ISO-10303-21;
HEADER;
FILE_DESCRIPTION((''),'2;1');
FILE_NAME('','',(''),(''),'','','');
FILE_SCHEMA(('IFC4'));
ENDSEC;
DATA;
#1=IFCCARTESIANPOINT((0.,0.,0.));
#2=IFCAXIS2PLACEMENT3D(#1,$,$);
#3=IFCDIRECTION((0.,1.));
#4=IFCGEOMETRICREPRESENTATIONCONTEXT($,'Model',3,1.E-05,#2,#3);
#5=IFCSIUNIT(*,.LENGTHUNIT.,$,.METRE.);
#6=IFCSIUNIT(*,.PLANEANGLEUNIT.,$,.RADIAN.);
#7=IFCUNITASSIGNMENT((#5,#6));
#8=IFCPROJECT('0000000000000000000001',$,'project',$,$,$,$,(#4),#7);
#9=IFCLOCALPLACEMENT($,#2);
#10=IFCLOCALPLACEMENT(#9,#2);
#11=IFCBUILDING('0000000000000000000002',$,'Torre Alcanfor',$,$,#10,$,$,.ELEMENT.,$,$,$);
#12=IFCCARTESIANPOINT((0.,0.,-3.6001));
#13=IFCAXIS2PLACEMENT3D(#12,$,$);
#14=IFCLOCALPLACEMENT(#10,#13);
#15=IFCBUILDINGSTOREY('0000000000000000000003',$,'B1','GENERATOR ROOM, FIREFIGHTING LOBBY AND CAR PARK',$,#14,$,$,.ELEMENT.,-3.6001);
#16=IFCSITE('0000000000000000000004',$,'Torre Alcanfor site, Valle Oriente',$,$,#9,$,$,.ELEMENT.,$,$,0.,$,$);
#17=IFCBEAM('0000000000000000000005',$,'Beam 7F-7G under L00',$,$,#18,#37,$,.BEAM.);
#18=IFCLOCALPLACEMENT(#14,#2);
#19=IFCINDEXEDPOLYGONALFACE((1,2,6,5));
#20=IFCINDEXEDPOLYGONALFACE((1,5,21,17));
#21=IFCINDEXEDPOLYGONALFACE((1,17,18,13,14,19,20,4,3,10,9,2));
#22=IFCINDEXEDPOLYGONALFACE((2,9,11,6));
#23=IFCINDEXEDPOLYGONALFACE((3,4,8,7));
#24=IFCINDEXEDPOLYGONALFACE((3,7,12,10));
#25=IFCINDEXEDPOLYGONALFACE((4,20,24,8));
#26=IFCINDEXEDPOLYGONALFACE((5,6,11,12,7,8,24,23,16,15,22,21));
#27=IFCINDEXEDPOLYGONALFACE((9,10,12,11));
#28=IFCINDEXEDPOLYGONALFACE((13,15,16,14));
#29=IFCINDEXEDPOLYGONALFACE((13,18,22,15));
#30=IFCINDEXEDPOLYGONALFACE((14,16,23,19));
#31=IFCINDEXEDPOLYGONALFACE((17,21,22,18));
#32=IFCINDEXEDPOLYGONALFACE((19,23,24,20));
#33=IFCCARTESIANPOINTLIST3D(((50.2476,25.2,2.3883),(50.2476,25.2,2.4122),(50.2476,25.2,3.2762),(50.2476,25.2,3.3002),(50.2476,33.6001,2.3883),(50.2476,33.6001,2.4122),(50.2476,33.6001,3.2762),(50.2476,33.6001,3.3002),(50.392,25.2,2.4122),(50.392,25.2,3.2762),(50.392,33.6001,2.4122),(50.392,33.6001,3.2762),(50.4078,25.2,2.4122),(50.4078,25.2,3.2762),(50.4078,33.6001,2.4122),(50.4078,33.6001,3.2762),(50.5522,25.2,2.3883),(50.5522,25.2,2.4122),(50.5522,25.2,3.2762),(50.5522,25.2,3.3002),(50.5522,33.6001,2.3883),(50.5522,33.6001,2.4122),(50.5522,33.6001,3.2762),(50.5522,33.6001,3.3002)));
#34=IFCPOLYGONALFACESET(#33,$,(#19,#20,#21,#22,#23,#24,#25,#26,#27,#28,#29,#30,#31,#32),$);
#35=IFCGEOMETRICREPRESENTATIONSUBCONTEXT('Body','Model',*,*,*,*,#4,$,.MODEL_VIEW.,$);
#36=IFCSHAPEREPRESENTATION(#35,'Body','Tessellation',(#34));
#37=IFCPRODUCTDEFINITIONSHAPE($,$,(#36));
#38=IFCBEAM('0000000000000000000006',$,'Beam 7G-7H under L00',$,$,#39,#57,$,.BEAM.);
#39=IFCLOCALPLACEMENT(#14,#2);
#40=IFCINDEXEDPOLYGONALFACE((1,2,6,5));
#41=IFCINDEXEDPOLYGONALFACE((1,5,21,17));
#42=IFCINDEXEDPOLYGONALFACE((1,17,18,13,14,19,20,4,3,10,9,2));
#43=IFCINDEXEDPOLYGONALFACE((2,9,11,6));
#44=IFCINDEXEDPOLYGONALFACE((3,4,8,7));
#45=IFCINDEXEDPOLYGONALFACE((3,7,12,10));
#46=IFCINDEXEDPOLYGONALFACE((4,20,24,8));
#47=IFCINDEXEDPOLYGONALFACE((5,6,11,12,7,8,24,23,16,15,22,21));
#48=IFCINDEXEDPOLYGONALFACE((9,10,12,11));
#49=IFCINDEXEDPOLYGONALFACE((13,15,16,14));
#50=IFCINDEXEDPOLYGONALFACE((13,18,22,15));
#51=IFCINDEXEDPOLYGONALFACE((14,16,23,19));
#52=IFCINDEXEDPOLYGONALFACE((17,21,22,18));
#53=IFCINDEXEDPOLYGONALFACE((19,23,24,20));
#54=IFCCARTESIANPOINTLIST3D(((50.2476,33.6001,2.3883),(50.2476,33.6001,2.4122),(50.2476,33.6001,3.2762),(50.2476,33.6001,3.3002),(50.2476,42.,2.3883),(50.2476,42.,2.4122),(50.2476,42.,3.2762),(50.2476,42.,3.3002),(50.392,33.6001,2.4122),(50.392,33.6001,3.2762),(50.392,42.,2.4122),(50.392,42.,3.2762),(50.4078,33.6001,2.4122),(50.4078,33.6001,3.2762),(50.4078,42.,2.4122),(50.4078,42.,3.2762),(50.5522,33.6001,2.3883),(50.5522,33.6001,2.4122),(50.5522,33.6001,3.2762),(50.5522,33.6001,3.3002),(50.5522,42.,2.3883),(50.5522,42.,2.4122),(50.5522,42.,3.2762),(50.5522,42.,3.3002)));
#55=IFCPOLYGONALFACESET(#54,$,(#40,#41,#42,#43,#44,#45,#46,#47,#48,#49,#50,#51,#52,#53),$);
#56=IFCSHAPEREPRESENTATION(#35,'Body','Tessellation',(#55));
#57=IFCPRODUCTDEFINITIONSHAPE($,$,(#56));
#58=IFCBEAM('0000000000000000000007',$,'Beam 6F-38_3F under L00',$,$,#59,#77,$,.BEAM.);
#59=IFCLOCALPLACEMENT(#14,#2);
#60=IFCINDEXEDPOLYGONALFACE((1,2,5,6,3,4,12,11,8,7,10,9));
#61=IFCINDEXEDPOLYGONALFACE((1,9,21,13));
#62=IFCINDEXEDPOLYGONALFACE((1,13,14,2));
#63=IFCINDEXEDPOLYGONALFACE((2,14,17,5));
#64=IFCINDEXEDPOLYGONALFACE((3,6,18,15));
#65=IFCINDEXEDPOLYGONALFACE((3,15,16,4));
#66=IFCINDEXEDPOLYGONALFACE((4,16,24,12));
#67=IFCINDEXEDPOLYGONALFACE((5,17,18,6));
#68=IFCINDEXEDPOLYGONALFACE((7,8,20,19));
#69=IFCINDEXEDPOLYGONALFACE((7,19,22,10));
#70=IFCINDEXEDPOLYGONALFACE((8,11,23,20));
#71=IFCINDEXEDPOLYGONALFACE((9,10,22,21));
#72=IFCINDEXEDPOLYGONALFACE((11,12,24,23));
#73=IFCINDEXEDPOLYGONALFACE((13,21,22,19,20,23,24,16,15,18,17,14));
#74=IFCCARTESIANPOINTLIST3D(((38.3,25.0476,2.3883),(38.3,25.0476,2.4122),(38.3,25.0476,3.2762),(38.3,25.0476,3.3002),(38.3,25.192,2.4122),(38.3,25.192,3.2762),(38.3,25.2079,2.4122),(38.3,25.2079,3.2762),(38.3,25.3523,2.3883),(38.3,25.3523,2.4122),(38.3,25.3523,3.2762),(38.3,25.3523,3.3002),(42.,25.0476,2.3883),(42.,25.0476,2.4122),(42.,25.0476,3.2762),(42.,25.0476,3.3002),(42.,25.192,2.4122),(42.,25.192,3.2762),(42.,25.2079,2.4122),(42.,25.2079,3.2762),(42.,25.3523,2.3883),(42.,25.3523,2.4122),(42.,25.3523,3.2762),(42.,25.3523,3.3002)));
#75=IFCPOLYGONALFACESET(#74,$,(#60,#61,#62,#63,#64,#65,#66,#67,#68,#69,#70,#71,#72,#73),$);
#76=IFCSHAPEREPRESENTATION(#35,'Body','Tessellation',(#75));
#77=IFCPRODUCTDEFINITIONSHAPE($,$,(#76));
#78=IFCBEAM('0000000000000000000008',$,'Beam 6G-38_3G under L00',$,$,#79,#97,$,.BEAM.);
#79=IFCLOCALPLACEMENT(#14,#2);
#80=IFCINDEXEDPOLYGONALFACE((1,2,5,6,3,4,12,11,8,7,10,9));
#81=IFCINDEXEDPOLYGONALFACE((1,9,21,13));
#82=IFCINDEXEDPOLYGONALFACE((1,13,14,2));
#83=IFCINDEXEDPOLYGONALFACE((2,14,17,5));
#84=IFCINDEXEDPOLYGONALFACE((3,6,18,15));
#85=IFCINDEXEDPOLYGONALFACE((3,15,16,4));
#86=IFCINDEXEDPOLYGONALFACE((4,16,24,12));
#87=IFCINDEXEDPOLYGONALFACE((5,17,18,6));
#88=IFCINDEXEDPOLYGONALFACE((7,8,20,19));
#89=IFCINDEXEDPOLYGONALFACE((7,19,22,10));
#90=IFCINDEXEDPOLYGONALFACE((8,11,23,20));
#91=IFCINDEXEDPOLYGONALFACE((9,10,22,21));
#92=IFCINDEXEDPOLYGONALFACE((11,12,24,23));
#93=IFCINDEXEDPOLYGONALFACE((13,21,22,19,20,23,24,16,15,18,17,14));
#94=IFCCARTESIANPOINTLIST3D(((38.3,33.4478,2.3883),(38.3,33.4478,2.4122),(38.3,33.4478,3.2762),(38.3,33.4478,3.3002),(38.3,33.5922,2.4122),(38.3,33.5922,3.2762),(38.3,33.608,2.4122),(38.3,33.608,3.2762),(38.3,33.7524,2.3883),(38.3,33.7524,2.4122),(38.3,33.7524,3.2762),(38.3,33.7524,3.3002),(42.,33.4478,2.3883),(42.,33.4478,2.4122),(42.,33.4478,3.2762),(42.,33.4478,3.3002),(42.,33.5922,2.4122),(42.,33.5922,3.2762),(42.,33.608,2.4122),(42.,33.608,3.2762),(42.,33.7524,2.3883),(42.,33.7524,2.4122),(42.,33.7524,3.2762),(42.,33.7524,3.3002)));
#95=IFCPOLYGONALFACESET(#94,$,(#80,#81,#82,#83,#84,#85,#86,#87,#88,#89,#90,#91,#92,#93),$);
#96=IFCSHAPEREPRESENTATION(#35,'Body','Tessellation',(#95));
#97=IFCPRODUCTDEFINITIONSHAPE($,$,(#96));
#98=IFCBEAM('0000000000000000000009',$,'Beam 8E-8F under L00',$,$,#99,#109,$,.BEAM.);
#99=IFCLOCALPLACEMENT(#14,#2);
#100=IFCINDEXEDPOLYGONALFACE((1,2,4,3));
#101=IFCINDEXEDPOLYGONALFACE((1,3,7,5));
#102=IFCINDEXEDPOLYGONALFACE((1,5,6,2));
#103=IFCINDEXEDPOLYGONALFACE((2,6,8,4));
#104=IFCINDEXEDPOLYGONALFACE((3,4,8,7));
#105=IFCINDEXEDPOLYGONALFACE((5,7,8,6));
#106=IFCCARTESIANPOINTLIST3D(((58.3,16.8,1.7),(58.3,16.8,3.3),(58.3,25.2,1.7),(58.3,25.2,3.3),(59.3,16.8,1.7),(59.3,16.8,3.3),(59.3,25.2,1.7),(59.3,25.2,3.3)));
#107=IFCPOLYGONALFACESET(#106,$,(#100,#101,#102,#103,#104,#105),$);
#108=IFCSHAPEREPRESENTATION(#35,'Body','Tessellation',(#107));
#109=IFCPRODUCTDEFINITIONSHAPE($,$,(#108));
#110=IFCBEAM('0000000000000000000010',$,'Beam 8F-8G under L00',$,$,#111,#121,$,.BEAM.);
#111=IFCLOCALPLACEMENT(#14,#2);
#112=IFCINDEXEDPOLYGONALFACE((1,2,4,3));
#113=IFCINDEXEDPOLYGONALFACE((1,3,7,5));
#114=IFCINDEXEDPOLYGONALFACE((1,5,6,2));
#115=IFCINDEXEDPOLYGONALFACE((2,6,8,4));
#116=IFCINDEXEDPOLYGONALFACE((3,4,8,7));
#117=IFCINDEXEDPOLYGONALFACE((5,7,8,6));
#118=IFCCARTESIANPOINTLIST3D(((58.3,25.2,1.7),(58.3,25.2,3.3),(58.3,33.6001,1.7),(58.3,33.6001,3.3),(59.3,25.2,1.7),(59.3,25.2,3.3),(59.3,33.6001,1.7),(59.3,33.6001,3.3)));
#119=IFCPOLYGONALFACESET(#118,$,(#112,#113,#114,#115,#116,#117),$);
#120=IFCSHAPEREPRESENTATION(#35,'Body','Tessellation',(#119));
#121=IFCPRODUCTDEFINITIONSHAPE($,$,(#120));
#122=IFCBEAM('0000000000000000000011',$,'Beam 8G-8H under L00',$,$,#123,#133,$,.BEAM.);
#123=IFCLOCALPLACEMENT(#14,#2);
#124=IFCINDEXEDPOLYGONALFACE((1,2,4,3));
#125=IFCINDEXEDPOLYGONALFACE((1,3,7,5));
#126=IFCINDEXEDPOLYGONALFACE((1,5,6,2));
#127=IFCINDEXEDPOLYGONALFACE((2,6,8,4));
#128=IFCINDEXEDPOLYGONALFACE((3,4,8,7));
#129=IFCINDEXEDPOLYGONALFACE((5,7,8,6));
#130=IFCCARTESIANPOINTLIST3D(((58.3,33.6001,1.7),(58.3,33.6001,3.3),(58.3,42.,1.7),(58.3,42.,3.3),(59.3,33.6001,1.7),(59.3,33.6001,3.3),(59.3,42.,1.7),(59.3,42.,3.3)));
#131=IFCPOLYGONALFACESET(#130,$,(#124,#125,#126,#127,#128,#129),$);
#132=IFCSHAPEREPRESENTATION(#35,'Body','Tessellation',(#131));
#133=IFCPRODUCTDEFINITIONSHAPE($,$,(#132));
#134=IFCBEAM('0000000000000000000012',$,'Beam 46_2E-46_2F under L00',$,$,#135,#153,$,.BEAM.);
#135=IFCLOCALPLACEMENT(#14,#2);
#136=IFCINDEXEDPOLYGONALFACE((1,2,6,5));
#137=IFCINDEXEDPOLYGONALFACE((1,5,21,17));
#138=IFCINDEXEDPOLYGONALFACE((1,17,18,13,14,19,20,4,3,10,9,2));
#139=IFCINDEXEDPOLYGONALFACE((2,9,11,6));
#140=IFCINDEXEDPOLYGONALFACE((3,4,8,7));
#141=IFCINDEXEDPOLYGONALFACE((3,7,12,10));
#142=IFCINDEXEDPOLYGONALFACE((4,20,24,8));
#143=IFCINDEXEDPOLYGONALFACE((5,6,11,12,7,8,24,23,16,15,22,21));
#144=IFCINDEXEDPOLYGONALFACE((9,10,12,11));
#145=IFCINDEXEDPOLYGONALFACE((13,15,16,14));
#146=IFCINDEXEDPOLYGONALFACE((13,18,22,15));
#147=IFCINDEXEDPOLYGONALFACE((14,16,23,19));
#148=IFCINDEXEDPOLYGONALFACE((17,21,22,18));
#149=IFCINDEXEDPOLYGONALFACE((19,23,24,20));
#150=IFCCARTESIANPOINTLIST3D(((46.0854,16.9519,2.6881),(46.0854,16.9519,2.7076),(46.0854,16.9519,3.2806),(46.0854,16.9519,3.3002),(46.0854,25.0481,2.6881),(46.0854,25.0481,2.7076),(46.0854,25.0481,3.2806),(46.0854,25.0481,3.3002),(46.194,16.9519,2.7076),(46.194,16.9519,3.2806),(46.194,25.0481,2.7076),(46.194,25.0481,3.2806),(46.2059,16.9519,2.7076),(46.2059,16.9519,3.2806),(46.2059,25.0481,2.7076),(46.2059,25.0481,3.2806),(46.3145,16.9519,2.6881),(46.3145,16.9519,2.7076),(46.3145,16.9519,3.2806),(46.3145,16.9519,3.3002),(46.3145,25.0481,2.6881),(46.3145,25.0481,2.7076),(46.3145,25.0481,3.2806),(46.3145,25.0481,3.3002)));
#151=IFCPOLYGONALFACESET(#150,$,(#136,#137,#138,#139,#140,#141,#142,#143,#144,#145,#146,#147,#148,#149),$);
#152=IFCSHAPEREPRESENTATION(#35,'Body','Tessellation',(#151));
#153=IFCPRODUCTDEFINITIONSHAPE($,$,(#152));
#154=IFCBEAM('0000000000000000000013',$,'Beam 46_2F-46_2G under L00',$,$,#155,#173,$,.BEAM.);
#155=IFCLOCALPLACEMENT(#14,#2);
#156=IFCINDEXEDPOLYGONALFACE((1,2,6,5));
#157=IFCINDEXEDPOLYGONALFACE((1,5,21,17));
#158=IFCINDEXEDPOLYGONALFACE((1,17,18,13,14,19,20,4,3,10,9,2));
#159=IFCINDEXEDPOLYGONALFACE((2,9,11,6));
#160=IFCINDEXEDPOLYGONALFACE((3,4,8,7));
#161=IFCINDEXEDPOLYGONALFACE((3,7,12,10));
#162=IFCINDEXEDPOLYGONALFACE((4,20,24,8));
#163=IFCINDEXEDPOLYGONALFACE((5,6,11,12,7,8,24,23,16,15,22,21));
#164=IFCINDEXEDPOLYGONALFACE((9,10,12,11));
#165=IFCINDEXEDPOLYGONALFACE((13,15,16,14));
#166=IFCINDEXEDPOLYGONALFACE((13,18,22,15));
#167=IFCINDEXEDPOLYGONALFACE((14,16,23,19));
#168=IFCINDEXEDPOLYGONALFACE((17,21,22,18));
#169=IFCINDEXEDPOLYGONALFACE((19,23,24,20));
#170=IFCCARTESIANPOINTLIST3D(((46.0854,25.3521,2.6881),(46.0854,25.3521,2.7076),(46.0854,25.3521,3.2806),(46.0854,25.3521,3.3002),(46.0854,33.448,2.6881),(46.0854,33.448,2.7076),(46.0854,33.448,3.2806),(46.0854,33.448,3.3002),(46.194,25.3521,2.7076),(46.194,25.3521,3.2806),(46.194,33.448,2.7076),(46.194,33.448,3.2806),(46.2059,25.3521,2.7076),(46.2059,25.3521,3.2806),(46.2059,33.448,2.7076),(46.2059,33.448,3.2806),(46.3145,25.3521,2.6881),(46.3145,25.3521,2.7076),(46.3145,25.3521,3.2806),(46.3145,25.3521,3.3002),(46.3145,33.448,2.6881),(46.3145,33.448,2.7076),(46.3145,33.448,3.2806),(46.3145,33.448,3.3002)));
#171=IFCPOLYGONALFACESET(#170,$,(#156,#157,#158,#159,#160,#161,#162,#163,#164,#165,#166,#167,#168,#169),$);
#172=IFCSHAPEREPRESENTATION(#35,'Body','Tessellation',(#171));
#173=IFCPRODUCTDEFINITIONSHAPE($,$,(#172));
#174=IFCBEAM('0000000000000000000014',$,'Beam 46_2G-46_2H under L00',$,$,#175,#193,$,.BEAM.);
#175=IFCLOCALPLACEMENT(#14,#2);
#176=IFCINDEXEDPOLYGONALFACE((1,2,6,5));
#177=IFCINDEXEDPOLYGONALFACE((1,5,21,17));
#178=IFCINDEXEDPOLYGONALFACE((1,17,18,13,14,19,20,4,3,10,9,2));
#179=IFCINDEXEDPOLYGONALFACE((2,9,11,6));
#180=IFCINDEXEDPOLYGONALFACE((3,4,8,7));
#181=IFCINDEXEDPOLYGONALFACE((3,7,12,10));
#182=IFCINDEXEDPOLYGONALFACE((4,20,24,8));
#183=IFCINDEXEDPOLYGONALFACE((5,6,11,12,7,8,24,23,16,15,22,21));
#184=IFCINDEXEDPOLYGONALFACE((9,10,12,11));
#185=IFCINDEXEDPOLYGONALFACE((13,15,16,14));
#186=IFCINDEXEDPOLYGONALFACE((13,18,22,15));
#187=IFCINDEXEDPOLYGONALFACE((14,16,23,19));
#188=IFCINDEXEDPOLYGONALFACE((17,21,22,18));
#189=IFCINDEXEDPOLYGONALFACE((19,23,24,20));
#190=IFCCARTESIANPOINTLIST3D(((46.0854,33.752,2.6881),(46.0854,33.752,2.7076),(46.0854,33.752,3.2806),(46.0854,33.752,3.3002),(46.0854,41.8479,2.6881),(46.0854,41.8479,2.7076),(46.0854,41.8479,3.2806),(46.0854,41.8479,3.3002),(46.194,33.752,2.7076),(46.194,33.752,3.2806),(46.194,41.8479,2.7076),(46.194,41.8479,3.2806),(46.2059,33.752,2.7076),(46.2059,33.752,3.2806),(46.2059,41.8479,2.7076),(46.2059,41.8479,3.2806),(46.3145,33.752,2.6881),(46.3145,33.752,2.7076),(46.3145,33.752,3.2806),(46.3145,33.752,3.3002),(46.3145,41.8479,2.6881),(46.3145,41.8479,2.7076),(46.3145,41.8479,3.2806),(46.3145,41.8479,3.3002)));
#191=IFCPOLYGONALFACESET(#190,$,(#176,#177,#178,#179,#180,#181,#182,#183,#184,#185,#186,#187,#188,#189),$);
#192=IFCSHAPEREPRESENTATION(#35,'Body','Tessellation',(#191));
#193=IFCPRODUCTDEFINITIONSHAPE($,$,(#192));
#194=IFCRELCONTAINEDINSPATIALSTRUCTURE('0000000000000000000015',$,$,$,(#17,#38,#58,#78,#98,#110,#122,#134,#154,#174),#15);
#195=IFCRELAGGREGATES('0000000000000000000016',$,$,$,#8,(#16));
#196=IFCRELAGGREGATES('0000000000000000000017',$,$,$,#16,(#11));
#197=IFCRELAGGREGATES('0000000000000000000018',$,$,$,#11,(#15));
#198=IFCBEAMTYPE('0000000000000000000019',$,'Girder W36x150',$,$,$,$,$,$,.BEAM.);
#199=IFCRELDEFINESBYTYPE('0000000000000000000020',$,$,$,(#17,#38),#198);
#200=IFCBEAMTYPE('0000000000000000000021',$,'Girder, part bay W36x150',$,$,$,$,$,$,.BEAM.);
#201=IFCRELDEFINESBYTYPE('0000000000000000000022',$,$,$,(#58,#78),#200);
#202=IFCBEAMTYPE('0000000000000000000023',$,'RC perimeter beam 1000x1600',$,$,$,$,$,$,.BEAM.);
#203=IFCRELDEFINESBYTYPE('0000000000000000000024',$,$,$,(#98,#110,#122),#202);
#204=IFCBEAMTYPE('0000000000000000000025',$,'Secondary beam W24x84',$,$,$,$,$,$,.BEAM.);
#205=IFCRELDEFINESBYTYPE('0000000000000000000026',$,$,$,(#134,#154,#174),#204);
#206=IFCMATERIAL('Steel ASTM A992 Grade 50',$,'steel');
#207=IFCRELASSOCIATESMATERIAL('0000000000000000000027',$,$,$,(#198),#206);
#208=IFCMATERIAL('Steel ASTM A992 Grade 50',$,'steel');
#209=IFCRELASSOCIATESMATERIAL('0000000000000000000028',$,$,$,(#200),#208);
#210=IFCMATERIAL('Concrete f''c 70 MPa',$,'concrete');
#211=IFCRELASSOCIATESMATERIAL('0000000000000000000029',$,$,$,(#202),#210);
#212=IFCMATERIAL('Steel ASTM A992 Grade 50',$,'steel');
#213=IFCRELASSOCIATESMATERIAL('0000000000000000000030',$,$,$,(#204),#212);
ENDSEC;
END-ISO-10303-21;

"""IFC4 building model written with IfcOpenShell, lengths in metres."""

from ifc_helpers import new_model, si_unit, direction, frame, origin, origin_2d, place, context, subcontext, project, spatial, rectangle, i_section, extrude, material, material_profile, profile_set, type_object, element, save


model = new_model("IFC4")

# Units and contexts
model_context = context("Model", 3, precision=1e-05, world=origin(), true_north=direction((0.0, 1.0)))
body_context = subcontext(model_context, "Body", "Model", "MODEL_VIEW")
ifc_project = project(units=[si_unit("LENGTHUNIT", "METRE"), si_unit("PLANEANGLEUNIT", "RADIAN")], contexts=[model_context])

# Site, building, storey
site_placement = place(None, origin())
site = spatial("IfcSite", under=ifc_project, at=site_placement, Name="Torre Alcanfor site, Valle Oriente", CompositionType="ELEMENT", RefElevation=0.0)
building_placement = place(site_placement, origin())
building = spatial("IfcBuilding", under=site, at=building_placement, Name="Torre Alcanfor", CompositionType="ELEMENT")
storey_placement = place(building_placement, frame((0.0, 0.0, -3.6001)))
storey = spatial("IfcBuildingStorey", under=building, at=storey_placement, Name="B1", Description="GENERATOR ROOM, FIREFIGHTING LOBBY AND CAR PARK", CompositionType="ELEMENT", Elevation=-3.6001)

# Beams
ifc_material_1 = material(Name="Steel ASTM A992 Grade 50", Category="steel")
ifc_material_profile_1 = material_profile(ifc_material_1, i_section(OverallWidth=0.3047, OverallDepth=0.9119, WebThickness=0.0159, FlangeThickness=0.0239, at=origin_2d()), Name="W36x150")
ifc_profile_set_1 = profile_set([ifc_material_profile_1], Name="Steel ASTM A992 Grade 50")
beam_type_1 = type_object("IfcBeamType", Name="Girder W36x150", PredefinedType="BEAM", material=ifc_profile_set_1)
beam_1_placement = place(storey_placement, frame((50.3999, 25.2, 2.8442), z_axis=(0.0, 1.0, 0.0), x_axis=(-1.0, 0.0, 0.0)))
element("IfcBeam", 1, at=beam_1_placement, inside=storey, type_object=beam_type_1, Name="Beam 7F-7G under L00", PredefinedType="BEAM", context=body_context, shape_type="SweptSolid", body=[
    extrude(i_section(OverallWidth=0.3047, OverallDepth=0.9119, WebThickness=0.0159, FlangeThickness=0.0239, at=origin_2d()), origin(), (0.0, 0.0, 1.0), 8.4001),
])
beam_2_placement = place(storey_placement, frame((50.3999, 33.6001, 2.8442), z_axis=(0.0, 1.0, 0.0), x_axis=(-1.0, 0.0, 0.0)))
element("IfcBeam", 2, at=beam_2_placement, inside=storey, type_object=beam_type_1, Name="Beam 7G-7H under L00", PredefinedType="BEAM", context=body_context, shape_type="SweptSolid", body=[
    extrude(i_section(OverallWidth=0.3047, OverallDepth=0.9119, WebThickness=0.0159, FlangeThickness=0.0239, at=origin_2d()), origin(), (0.0, 0.0, 1.0), 8.3999),
])
ifc_material_2 = material(Name="Steel ASTM A992 Grade 50", Category="steel")
ifc_material_profile_2 = material_profile(ifc_material_2, i_section(OverallWidth=0.3047, OverallDepth=0.9119, WebThickness=0.0159, FlangeThickness=0.0239, at=origin_2d()), Name="W36x150")
ifc_profile_set_2 = profile_set([ifc_material_profile_2], Name="Steel ASTM A992 Grade 50")
beam_type_2 = type_object("IfcBeamType", Name="Girder, part bay W36x150", PredefinedType="BEAM", material=ifc_profile_set_2)
for number, where, z_axis, x_axis, name in (
    (3, (42.0, 25.2, 2.8442), (-1.0, 0.0, 0.0), (0.0, -1.0, 0.0), "Beam 6F-38_3F under L00"),
    (4, (42.0, 33.6001, 2.8442), (-1.0, 0.0, 0.0), (0.0, -1.0, 0.0), "Beam 6G-38_3G under L00"),
):
    element("IfcBeam", number, at=place(storey_placement, frame(where, z_axis=z_axis, x_axis=x_axis)), inside=storey, type_object=beam_type_2, Name=name, PredefinedType="BEAM", context=body_context, shape_type="SweptSolid", body=[
        extrude(i_section(OverallWidth=0.3047, OverallDepth=0.9119, WebThickness=0.0159, FlangeThickness=0.0239, at=origin_2d()), origin(), (0.0, 0.0, 1.0), 3.7),
    ])
ifc_material_3 = material(Name="Concrete f'c 70 MPa", Category="concrete")
ifc_material_profile_3 = material_profile(ifc_material_3, rectangle(XDim=1.0, YDim=1.6001, at=origin_2d()), Name="1000x1600")
ifc_profile_set_3 = profile_set([ifc_material_profile_3], Name="Concrete f'c 70 MPa")
beam_type_3 = type_object("IfcBeamType", Name="RC perimeter beam 1000x1600", PredefinedType="BEAM", material=ifc_profile_set_3)
beam_3_placement = place(storey_placement, frame((58.8, 16.8, 2.5), z_axis=(0.0, 1.0, 0.0), x_axis=(-1.0, 0.0, 0.0)))
element("IfcBeam", 5, at=beam_3_placement, inside=storey, type_object=beam_type_3, Name="Beam 8E-8F under L00", PredefinedType="BEAM", context=body_context, shape_type="SweptSolid", body=[
    extrude(rectangle(XDim=1.0, YDim=1.6001, at=origin_2d()), origin(), (0.0, 0.0, 1.0), 8.3999),
])
beam_4_placement = place(storey_placement, frame((58.8, 25.2, 2.5), z_axis=(0.0, 1.0, 0.0), x_axis=(-1.0, 0.0, 0.0)))
element("IfcBeam", 6, at=beam_4_placement, inside=storey, type_object=beam_type_3, Name="Beam 8F-8G under L00", PredefinedType="BEAM", context=body_context, shape_type="SweptSolid", body=[
    extrude(rectangle(XDim=1.0, YDim=1.6001, at=origin_2d()), origin(), (0.0, 0.0, 1.0), 8.4001),
])
beam_5_placement = place(storey_placement, frame((58.8, 33.6001, 2.5), z_axis=(0.0, 1.0, 0.0), x_axis=(-1.0, 0.0, 0.0)))
element("IfcBeam", 7, at=beam_5_placement, inside=storey, type_object=beam_type_3, Name="Beam 8G-8H under L00", PredefinedType="BEAM", context=body_context, shape_type="SweptSolid", body=[
    extrude(rectangle(XDim=1.0, YDim=1.6001, at=origin_2d()), origin(), (0.0, 0.0, 1.0), 8.3999),
])
ifc_material_4 = material(Name="Steel ASTM A992 Grade 50", Category="steel")
ifc_material_profile_4 = material_profile(ifc_material_4, i_section(OverallWidth=0.229, OverallDepth=0.6121, WebThickness=0.012, FlangeThickness=0.0195, at=origin_2d()), Name="W24x84")
ifc_profile_set_4 = profile_set([ifc_material_profile_4], Name="Steel ASTM A992 Grade 50")
beam_type_4 = type_object("IfcBeamType", Name="Secondary beam W24x84", PredefinedType="BEAM", material=ifc_profile_set_4)
beam_6_placement = place(storey_placement, frame((46.2, 16.9519, 2.9941), z_axis=(0.0, 1.0, 0.0), x_axis=(-1.0, 0.0, 0.0)))
element("IfcBeam", 8, at=beam_6_placement, inside=storey, type_object=beam_type_4, Name="Beam 46_2E-46_2F under L00", PredefinedType="BEAM", context=body_context, shape_type="SweptSolid", body=[
    extrude(i_section(OverallWidth=0.229, OverallDepth=0.6121, WebThickness=0.012, FlangeThickness=0.0195, at=origin_2d()), origin(), (0.0, 0.0, 1.0), 8.0962),
])
for number, where, z_axis, x_axis, name in (
    (9, (46.2, 25.3521, 2.9941), (0.0, 1.0, 0.0), (-1.0, 0.0, 0.0), "Beam 46_2F-46_2G under L00"),
    (10, (46.2, 33.752, 2.9941), (0.0, 1.0, 0.0), (-1.0, 0.0, 0.0), "Beam 46_2G-46_2H under L00"),
):
    element("IfcBeam", number, at=place(storey_placement, frame(where, z_axis=z_axis, x_axis=x_axis)), inside=storey, type_object=beam_type_4, Name=name, PredefinedType="BEAM", context=body_context, shape_type="SweptSolid", body=[
        extrude(i_section(OverallWidth=0.229, OverallDepth=0.6121, WebThickness=0.012, FlangeThickness=0.0195, at=origin_2d()), origin(), (0.0, 0.0, 1.0), 8.0959),
    ])

save(model, "model.ifc")
